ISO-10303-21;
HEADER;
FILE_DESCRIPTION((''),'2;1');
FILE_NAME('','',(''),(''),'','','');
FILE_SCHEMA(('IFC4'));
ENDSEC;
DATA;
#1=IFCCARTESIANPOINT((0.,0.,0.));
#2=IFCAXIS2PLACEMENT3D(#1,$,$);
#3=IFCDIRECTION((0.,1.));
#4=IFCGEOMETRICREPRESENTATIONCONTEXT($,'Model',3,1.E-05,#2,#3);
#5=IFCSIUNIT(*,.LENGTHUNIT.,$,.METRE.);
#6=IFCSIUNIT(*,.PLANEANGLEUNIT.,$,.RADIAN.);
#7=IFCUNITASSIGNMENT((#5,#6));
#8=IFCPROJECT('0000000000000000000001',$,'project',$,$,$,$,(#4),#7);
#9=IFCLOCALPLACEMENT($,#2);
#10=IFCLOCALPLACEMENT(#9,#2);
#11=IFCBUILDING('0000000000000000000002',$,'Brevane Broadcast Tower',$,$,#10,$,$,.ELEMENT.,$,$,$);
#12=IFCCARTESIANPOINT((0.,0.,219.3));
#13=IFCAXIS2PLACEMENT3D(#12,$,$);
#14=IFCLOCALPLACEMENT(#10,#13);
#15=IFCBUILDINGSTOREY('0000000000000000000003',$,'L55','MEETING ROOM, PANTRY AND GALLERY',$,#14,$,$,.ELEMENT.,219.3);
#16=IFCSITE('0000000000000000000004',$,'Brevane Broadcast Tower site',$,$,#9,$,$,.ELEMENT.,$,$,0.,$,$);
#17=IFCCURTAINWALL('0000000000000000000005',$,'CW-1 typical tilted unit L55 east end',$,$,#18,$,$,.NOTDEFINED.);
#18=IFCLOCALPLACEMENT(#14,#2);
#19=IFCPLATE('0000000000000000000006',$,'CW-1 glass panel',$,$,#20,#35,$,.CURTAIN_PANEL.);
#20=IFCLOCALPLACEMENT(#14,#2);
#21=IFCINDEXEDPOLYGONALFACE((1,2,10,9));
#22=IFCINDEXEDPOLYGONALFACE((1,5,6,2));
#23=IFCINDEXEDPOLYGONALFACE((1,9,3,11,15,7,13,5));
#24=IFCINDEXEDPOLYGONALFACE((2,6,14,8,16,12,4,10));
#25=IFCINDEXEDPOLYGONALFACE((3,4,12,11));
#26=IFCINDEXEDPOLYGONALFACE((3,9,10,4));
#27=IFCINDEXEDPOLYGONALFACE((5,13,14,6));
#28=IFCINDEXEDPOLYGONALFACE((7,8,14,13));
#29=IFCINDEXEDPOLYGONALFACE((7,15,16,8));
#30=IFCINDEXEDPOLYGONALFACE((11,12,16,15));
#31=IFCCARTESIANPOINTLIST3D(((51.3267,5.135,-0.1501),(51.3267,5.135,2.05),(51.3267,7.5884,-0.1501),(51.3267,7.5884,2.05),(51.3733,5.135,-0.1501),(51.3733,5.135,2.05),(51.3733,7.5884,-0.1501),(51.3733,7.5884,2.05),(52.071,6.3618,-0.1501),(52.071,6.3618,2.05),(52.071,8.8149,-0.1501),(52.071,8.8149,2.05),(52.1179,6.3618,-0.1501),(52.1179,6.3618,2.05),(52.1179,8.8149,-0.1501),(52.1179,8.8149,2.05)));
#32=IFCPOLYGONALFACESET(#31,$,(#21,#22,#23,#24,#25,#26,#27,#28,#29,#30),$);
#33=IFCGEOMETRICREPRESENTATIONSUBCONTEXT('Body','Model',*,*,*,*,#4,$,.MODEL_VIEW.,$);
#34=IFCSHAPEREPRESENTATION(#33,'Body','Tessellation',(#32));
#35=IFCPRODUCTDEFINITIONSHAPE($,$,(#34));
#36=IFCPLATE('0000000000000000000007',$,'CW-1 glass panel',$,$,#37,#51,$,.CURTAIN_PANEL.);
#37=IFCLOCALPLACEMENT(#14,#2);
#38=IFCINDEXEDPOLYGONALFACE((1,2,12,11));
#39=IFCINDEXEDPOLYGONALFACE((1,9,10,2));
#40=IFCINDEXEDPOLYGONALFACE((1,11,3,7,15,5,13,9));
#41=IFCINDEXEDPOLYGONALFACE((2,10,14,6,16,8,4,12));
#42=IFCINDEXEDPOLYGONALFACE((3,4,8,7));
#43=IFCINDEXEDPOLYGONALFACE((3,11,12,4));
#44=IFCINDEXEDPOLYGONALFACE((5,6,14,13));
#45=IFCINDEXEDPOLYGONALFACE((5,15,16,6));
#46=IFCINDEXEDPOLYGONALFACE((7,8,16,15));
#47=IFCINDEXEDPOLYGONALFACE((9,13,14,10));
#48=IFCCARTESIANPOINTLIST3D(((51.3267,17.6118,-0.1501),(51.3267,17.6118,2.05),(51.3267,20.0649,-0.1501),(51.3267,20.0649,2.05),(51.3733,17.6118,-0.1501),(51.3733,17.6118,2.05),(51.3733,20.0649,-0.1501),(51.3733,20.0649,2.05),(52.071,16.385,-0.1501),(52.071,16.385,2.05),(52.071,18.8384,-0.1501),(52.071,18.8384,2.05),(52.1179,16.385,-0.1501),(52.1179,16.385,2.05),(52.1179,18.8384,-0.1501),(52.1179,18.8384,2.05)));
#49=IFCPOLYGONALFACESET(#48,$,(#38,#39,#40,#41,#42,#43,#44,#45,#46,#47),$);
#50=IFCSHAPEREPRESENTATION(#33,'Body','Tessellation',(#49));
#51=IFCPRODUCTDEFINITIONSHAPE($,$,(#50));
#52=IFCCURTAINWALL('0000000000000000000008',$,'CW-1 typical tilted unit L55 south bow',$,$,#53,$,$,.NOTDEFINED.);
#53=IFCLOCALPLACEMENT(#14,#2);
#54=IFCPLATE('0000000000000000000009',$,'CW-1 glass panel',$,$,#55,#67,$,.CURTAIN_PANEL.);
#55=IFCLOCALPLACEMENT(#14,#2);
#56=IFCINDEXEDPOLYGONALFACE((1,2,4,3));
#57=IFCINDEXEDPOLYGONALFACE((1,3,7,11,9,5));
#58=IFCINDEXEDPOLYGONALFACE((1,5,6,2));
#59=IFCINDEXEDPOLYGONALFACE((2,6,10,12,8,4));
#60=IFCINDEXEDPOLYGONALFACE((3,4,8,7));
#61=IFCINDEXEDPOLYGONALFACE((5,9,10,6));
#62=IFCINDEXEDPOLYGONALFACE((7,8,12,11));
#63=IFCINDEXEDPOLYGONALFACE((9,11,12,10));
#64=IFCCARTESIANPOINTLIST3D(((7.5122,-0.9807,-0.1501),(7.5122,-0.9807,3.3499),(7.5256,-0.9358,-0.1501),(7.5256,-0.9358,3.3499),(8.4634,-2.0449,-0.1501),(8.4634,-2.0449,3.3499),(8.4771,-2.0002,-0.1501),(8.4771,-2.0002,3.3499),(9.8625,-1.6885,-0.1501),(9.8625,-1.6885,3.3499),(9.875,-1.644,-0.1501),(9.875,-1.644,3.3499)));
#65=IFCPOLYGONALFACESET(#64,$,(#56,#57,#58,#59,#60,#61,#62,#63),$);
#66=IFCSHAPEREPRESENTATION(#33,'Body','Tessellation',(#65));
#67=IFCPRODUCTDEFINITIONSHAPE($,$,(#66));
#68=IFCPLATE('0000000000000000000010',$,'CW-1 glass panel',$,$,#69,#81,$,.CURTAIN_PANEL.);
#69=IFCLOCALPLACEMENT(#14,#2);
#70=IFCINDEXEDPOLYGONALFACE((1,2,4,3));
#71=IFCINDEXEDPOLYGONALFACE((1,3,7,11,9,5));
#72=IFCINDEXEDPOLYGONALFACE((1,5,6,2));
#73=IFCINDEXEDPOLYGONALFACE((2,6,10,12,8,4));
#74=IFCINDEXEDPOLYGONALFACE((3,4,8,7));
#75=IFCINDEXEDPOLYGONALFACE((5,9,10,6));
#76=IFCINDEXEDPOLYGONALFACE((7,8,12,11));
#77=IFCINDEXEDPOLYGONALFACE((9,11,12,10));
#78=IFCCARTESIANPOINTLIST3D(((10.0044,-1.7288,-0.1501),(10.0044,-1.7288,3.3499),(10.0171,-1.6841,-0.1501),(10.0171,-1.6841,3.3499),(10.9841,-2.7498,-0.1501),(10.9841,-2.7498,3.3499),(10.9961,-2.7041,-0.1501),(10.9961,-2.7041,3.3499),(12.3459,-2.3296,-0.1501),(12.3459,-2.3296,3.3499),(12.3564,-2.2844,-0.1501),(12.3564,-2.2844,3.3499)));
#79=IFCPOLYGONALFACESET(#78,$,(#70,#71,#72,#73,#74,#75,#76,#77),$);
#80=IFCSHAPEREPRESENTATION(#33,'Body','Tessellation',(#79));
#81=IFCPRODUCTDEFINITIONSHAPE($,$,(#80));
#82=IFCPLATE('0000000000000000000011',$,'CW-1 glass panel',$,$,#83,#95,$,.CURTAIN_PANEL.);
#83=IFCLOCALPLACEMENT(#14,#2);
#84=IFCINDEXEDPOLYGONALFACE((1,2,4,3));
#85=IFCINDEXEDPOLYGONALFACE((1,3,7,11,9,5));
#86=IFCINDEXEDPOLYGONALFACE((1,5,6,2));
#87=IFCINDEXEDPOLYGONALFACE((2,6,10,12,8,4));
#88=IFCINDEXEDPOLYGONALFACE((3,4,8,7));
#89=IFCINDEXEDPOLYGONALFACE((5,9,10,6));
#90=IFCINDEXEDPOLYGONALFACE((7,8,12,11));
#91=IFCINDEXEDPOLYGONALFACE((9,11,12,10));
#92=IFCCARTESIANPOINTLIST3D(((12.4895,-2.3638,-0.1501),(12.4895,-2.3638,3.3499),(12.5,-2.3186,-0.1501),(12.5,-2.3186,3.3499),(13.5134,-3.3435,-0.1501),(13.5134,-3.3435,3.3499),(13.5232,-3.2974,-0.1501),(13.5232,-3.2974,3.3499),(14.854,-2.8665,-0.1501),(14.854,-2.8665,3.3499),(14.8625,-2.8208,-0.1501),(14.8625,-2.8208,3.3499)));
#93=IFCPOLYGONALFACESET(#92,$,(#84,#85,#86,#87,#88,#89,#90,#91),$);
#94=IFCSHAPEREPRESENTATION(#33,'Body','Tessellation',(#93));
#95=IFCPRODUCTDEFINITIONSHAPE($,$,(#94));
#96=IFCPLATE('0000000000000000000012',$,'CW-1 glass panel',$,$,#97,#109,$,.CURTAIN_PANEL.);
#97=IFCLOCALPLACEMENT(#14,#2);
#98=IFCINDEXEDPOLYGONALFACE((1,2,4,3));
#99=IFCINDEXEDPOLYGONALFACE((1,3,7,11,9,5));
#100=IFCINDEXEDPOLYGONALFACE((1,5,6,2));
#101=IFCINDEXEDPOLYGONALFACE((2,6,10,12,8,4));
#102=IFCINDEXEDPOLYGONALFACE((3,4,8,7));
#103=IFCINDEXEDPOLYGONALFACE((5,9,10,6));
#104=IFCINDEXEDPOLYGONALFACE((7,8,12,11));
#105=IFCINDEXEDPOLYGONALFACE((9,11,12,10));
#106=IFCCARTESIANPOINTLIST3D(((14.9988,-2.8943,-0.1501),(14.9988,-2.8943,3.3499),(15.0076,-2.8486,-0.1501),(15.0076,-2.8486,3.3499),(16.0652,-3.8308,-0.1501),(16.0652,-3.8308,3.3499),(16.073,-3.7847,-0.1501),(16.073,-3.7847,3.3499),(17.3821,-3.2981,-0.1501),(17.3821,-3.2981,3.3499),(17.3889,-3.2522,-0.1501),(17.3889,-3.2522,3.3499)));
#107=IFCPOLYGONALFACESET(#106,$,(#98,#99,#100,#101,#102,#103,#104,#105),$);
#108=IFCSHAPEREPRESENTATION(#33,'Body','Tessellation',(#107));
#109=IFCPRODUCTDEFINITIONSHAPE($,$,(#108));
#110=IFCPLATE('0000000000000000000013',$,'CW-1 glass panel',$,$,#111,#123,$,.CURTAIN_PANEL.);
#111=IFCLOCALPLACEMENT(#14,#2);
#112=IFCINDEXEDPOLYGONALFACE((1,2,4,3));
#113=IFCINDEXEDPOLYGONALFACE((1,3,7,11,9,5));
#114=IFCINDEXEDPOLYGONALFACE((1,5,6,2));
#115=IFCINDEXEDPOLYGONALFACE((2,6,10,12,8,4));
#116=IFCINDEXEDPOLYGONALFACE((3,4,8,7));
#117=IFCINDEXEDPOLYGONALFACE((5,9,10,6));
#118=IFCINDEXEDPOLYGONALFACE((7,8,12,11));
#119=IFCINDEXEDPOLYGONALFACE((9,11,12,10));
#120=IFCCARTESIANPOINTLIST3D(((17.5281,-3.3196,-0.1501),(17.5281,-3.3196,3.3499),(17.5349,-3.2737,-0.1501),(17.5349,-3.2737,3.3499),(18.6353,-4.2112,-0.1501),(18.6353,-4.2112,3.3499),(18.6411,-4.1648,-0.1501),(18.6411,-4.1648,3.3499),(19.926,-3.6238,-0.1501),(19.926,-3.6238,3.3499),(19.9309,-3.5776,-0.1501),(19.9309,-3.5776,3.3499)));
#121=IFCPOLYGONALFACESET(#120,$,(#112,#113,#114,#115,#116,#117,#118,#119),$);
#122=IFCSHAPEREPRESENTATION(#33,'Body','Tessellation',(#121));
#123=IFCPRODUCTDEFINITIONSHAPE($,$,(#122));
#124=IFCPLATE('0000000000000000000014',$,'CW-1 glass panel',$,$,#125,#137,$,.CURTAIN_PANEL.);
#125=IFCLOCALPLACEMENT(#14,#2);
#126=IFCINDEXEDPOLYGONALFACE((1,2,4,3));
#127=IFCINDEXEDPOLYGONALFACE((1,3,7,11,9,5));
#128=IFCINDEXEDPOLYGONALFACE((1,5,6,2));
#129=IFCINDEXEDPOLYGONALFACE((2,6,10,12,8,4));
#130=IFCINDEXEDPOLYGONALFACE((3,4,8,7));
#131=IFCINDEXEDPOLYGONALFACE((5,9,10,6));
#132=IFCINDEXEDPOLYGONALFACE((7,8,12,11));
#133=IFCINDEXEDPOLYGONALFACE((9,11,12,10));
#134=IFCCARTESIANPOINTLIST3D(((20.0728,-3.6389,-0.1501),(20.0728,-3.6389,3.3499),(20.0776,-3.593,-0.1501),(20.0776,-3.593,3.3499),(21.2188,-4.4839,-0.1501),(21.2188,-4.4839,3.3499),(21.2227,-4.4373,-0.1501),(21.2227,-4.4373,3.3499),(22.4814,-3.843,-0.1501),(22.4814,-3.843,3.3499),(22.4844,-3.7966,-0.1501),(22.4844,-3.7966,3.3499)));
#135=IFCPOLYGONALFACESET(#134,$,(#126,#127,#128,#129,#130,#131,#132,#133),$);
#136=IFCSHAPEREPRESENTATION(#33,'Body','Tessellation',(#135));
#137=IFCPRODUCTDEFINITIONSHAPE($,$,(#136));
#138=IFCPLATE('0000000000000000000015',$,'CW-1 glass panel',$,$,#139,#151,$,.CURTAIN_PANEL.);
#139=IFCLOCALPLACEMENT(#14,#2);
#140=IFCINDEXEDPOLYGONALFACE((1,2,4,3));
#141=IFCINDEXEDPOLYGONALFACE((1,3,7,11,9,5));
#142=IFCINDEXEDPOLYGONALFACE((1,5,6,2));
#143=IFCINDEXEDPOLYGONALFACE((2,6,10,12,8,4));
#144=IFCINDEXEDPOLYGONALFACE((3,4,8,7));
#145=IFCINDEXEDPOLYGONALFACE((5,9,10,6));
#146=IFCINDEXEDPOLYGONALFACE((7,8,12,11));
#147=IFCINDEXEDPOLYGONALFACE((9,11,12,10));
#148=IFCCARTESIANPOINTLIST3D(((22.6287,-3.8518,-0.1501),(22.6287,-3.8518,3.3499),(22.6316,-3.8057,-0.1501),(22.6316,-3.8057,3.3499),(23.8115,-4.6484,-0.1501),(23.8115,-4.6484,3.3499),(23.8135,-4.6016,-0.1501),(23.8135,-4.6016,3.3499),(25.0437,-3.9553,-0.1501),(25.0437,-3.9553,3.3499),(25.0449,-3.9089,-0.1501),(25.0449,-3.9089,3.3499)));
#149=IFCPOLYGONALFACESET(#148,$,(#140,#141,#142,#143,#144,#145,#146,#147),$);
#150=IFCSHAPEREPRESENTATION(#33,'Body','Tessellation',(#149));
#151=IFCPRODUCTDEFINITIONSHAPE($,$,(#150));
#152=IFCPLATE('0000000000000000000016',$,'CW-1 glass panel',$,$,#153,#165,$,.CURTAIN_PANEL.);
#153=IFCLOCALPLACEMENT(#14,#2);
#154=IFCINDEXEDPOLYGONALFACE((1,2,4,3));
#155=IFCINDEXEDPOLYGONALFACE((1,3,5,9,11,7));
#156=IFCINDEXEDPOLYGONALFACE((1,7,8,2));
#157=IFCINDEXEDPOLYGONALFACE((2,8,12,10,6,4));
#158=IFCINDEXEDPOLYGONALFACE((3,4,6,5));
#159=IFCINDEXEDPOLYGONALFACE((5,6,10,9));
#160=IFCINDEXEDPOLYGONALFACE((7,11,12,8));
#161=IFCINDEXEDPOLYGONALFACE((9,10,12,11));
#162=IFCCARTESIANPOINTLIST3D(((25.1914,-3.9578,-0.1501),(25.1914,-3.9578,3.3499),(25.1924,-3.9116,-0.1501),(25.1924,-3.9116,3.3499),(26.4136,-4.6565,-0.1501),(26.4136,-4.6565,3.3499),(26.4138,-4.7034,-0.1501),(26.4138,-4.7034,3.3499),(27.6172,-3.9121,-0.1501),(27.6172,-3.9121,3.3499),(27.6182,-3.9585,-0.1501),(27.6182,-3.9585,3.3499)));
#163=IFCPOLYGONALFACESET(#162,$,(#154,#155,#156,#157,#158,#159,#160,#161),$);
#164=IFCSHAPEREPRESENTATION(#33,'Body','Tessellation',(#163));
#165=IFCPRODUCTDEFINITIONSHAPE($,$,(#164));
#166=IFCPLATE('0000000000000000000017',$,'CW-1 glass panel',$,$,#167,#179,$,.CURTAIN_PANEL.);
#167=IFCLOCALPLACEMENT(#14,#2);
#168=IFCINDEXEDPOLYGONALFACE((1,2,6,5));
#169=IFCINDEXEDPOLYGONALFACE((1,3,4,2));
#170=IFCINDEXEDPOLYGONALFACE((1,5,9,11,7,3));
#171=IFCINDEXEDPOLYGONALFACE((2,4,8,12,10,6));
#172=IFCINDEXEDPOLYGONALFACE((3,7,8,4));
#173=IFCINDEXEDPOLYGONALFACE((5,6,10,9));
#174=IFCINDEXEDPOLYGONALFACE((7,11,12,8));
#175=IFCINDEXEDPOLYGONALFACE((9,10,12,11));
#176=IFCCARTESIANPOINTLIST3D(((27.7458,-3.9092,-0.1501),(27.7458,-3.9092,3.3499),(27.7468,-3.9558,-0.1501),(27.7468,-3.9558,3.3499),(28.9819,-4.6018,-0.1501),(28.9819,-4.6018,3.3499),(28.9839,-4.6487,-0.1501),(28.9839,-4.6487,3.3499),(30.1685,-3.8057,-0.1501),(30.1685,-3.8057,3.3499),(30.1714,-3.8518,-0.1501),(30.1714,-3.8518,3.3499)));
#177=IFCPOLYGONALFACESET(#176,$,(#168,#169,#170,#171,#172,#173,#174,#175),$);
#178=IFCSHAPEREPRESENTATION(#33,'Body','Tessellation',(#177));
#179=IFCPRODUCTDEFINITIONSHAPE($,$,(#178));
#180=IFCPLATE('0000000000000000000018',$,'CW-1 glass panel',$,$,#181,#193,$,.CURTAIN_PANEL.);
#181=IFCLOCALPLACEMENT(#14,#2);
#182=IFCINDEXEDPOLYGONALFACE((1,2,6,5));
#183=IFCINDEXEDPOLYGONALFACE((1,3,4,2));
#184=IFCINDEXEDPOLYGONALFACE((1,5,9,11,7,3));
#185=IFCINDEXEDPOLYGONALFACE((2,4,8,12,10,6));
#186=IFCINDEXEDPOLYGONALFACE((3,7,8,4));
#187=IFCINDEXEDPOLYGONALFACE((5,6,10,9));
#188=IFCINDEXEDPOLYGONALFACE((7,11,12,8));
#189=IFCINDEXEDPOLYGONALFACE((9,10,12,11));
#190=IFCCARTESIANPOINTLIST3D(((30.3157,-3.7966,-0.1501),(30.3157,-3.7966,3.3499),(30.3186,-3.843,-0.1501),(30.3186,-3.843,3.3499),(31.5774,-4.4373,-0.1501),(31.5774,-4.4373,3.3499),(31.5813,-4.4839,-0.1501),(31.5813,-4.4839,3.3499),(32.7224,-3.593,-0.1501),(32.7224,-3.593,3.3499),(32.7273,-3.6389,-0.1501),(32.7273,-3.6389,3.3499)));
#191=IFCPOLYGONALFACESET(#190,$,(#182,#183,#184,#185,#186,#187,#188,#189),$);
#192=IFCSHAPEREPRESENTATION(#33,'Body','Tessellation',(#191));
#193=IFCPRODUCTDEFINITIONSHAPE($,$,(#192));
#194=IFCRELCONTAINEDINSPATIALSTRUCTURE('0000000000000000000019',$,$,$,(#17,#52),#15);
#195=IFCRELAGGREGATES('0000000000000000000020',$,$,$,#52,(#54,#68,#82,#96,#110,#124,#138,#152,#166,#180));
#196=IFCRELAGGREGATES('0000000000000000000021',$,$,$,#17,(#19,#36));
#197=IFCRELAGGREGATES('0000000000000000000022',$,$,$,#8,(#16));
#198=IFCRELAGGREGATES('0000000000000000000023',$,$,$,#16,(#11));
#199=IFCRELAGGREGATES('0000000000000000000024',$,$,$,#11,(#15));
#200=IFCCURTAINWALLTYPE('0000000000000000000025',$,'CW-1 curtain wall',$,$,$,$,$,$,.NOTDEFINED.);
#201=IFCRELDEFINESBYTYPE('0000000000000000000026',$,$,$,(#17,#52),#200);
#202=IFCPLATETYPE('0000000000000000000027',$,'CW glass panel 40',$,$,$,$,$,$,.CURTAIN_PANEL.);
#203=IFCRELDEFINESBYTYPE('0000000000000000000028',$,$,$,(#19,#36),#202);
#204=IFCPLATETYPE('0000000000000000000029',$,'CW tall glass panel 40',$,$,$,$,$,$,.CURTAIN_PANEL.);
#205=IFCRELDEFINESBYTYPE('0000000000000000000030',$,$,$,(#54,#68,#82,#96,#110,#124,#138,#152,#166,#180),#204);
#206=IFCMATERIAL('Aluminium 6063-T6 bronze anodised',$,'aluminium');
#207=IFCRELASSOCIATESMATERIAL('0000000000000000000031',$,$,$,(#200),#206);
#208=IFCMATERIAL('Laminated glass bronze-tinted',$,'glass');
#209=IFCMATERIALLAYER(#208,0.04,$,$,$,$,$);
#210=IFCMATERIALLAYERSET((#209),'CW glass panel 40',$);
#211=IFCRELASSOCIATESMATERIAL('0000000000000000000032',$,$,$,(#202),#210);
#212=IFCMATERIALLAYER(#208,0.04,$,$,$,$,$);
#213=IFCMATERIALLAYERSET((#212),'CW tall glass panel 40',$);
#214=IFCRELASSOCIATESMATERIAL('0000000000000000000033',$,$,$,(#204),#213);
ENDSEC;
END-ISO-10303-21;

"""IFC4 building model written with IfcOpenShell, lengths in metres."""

from ifc_helpers import new_model, si_unit, direction, frame, origin, place, context, subcontext, project, spatial, polyline, outline, extrude, material, layer, layer_set, type_object, element, aggregate, save


model = new_model("IFC4")

# Units and contexts
model_context = context("Model", 3, precision=1e-05, world=origin(), true_north=direction((0.0, 1.0)))
body_context = subcontext(model_context, "Body", "Model", "MODEL_VIEW")
ifc_project = project(units=[si_unit("LENGTHUNIT", "METRE"), si_unit("PLANEANGLEUNIT", "RADIAN")], contexts=[model_context])

# Site, building, storey
site_placement = place(None, origin())
site = spatial("IfcSite", under=ifc_project, at=site_placement, Name="Brevane Broadcast Tower site", CompositionType="ELEMENT", RefElevation=0.0)
building_placement = place(site_placement, origin())
building = spatial("IfcBuilding", under=site, at=building_placement, Name="Brevane Broadcast Tower", CompositionType="ELEMENT")
storey_placement = place(building_placement, frame((0.0, 0.0, 219.3)))
storey = spatial("IfcBuildingStorey", under=building, at=storey_placement, Name="L55", Description="MEETING ROOM, PANTRY AND GALLERY", CompositionType="ELEMENT", Elevation=219.3)

# Curtain walls, plates
ifc_material_1 = material(Name="Aluminium 6063-T6 bronze anodised", Category="aluminium")
curtain_wall_type = type_object("IfcCurtainWallType", Name="CW-1 curtain wall", PredefinedType="NOTDEFINED", material=ifc_material_1)
curtain_wall_1_placement = place(storey_placement, origin())
curtain_wall_1 = element("IfcCurtainWall", 1, at=curtain_wall_1_placement, inside=storey, type_object=curtain_wall_type, Name="CW-1 typical tilted unit L55 east end", PredefinedType="NOTDEFINED")
ifc_material_2 = material(Name="Laminated glass bronze-tinted", Category="glass")
ifc_layer_1 = layer(ifc_material_2, 0.04)
ifc_layer_set_1 = layer_set([ifc_layer_1], Name="CW glass panel 40")
plate_type_1 = type_object("IfcPlateType", Name="CW glass panel 40", PredefinedType="CURTAIN_PANEL", material=ifc_layer_set_1)
plate_1_placement = place(storey_placement, frame((0.0, 0.0, -0.1501)))
plate_1 = element("IfcPlate", 2, at=plate_1_placement, type_object=plate_type_1, Name="CW-1 glass panel", PredefinedType="CURTAIN_PANEL", context=body_context, shape_type="SweptSolid", body=[
    extrude(outline(polyline([(51.3267, 5.135), (51.3733, 5.135), (52.1179, 6.3618), (51.3733, 7.5884), (52.1179, 8.8149), (52.071, 8.8149), (51.3267, 7.5884), (52.071, 6.3618), (51.3267, 5.135)])), origin(), (0.0, 0.0, 1.0), 2.2002),
])
plate_2_placement = place(storey_placement, frame((0.0, 0.0, -0.1501)))
plate_2 = element("IfcPlate", 3, at=plate_2_placement, type_object=plate_type_1, Name="CW-1 glass panel", PredefinedType="CURTAIN_PANEL", context=body_context, shape_type="SweptSolid", body=[
    extrude(outline(polyline([(52.071, 16.385), (52.1179, 16.385), (51.3733, 17.6118), (52.1179, 18.8384), (51.3733, 20.0649), (51.3267, 20.0649), (52.071, 18.8384), (51.3267, 17.6118), (52.071, 16.385)])), origin(), (0.0, 0.0, 1.0), 2.2002),
])
curtain_wall_2_placement = place(storey_placement, origin())
curtain_wall_2 = element("IfcCurtainWall", 4, at=curtain_wall_2_placement, inside=storey, type_object=curtain_wall_type, Name="CW-1 typical tilted unit L55 south bow", PredefinedType="NOTDEFINED")
ifc_layer_2 = layer(ifc_material_2, 0.04)
ifc_layer_set_2 = layer_set([ifc_layer_2], Name="CW tall glass panel 40")
plate_type_2 = type_object("IfcPlateType", Name="CW tall glass panel 40", PredefinedType="CURTAIN_PANEL", material=ifc_layer_set_2)
plate_3_placement = place(storey_placement, frame((0.0, 0.0, -0.1501)))
plate_3 = element("IfcPlate", 5, at=plate_3_placement, type_object=plate_type_2, Name="CW-1 glass panel", PredefinedType="CURTAIN_PANEL", context=body_context, shape_type="SweptSolid", body=[
    extrude(outline(polyline([(7.5256, -0.9358), (7.5122, -0.9807), (8.4634, -2.0449), (9.8625, -1.6885), (9.875, -1.644), (8.4771, -2.0002), (7.5256, -0.9358)])), origin(), (0.0, 0.0, 1.0), 3.5),
])
plate_4_placement = place(storey_placement, frame((0.0, 0.0, -0.1501)))
plate_4 = element("IfcPlate", 6, at=plate_4_placement, type_object=plate_type_2, Name="CW-1 glass panel", PredefinedType="CURTAIN_PANEL", context=body_context, shape_type="SweptSolid", body=[
    extrude(outline(polyline([(10.0171, -1.6841), (10.0044, -1.7288), (10.9841, -2.7498), (12.3459, -2.3296), (12.3564, -2.2844), (10.9961, -2.7041), (10.0171, -1.6841)])), origin(), (0.0, 0.0, 1.0), 3.5),
])
plate_5_placement = place(storey_placement, frame((0.0, 0.0, -0.1501)))
plate_5 = element("IfcPlate", 7, at=plate_5_placement, type_object=plate_type_2, Name="CW-1 glass panel", PredefinedType="CURTAIN_PANEL", context=body_context, shape_type="SweptSolid", body=[
    extrude(outline(polyline([(12.5, -2.3186), (12.4895, -2.3638), (13.5134, -3.3435), (14.854, -2.8665), (14.8625, -2.8208), (13.5232, -3.2974), (12.5, -2.3186)])), origin(), (0.0, 0.0, 1.0), 3.5),
])
plate_6_placement = place(storey_placement, frame((0.0, 0.0, -0.1501)))
plate_6 = element("IfcPlate", 8, at=plate_6_placement, type_object=plate_type_2, Name="CW-1 glass panel", PredefinedType="CURTAIN_PANEL", context=body_context, shape_type="SweptSolid", body=[
    extrude(outline(polyline([(15.0076, -2.8486), (14.9988, -2.8943), (16.0652, -3.8308), (17.3821, -3.2981), (17.3889, -3.2522), (16.073, -3.7847), (15.0076, -2.8486)])), origin(), (0.0, 0.0, 1.0), 3.5),
])
plate_7_placement = place(storey_placement, frame((0.0, 0.0, -0.1501)))
plate_7 = element("IfcPlate", 9, at=plate_7_placement, type_object=plate_type_2, Name="CW-1 glass panel", PredefinedType="CURTAIN_PANEL", context=body_context, shape_type="SweptSolid", body=[
    extrude(outline(polyline([(17.5349, -3.2737), (17.5281, -3.3196), (18.6353, -4.2112), (19.926, -3.6238), (19.9309, -3.5776), (18.6411, -4.1648), (17.5349, -3.2737)])), origin(), (0.0, 0.0, 1.0), 3.5),
])
plate_8_placement = place(storey_placement, frame((0.0, 0.0, -0.1501)))
plate_8 = element("IfcPlate", 10, at=plate_8_placement, type_object=plate_type_2, Name="CW-1 glass panel", PredefinedType="CURTAIN_PANEL", context=body_context, shape_type="SweptSolid", body=[
    extrude(outline(polyline([(20.0776, -3.593), (20.0728, -3.6389), (21.2188, -4.4839), (22.4814, -3.843), (22.4844, -3.7966), (21.2227, -4.4373), (20.0776, -3.593)])), origin(), (0.0, 0.0, 1.0), 3.5),
])
plate_9_placement = place(storey_placement, frame((0.0, 0.0, -0.1501)))
plate_9 = element("IfcPlate", 11, at=plate_9_placement, type_object=plate_type_2, Name="CW-1 glass panel", PredefinedType="CURTAIN_PANEL", context=body_context, shape_type="SweptSolid", body=[
    extrude(outline(polyline([(22.6316, -3.8057), (22.6287, -3.8518), (23.8115, -4.6484), (25.0437, -3.9553), (25.0449, -3.9089), (23.8135, -4.6016), (22.6316, -3.8057)])), origin(), (0.0, 0.0, 1.0), 3.5),
])
plate_10_placement = place(storey_placement, frame((0.0, 0.0, -0.1501)))
plate_10 = element("IfcPlate", 12, at=plate_10_placement, type_object=plate_type_2, Name="CW-1 glass panel", PredefinedType="CURTAIN_PANEL", context=body_context, shape_type="SweptSolid", body=[
    extrude(outline(polyline([(25.1924, -3.9116), (25.1914, -3.9578), (26.4138, -4.7034), (27.6182, -3.9585), (27.6172, -3.9121), (26.4136, -4.6565), (25.1924, -3.9116)])), origin(), (0.0, 0.0, 1.0), 3.5),
])
plate_11_placement = place(storey_placement, frame((0.0, 0.0, -0.1501)))
plate_11 = element("IfcPlate", 13, at=plate_11_placement, type_object=plate_type_2, Name="CW-1 glass panel", PredefinedType="CURTAIN_PANEL", context=body_context, shape_type="SweptSolid", body=[
    extrude(outline(polyline([(27.7458, -3.9092), (27.7468, -3.9558), (28.9839, -4.6487), (30.1714, -3.8518), (30.1685, -3.8057), (28.9819, -4.6018), (27.7458, -3.9092)])), origin(), (0.0, 0.0, 1.0), 3.5),
])
plate_12_placement = place(storey_placement, frame((0.0, 0.0, -0.1501)))
plate_12 = element("IfcPlate", 14, at=plate_12_placement, type_object=plate_type_2, Name="CW-1 glass panel", PredefinedType="CURTAIN_PANEL", context=body_context, shape_type="SweptSolid", body=[
    extrude(outline(polyline([(30.3157, -3.7966), (30.3186, -3.843), (31.5813, -4.4839), (32.7273, -3.6389), (32.7224, -3.593), (31.5774, -4.4373), (30.3157, -3.7966)])), origin(), (0.0, 0.0, 1.0), 3.5),
])
aggregate(curtain_wall_2, [plate_3, plate_4, plate_5, plate_6, plate_7, plate_8, plate_9, plate_10, plate_11, plate_12])

aggregate(curtain_wall_1, [plate_1, plate_2])

save(model, "model.ifc")
